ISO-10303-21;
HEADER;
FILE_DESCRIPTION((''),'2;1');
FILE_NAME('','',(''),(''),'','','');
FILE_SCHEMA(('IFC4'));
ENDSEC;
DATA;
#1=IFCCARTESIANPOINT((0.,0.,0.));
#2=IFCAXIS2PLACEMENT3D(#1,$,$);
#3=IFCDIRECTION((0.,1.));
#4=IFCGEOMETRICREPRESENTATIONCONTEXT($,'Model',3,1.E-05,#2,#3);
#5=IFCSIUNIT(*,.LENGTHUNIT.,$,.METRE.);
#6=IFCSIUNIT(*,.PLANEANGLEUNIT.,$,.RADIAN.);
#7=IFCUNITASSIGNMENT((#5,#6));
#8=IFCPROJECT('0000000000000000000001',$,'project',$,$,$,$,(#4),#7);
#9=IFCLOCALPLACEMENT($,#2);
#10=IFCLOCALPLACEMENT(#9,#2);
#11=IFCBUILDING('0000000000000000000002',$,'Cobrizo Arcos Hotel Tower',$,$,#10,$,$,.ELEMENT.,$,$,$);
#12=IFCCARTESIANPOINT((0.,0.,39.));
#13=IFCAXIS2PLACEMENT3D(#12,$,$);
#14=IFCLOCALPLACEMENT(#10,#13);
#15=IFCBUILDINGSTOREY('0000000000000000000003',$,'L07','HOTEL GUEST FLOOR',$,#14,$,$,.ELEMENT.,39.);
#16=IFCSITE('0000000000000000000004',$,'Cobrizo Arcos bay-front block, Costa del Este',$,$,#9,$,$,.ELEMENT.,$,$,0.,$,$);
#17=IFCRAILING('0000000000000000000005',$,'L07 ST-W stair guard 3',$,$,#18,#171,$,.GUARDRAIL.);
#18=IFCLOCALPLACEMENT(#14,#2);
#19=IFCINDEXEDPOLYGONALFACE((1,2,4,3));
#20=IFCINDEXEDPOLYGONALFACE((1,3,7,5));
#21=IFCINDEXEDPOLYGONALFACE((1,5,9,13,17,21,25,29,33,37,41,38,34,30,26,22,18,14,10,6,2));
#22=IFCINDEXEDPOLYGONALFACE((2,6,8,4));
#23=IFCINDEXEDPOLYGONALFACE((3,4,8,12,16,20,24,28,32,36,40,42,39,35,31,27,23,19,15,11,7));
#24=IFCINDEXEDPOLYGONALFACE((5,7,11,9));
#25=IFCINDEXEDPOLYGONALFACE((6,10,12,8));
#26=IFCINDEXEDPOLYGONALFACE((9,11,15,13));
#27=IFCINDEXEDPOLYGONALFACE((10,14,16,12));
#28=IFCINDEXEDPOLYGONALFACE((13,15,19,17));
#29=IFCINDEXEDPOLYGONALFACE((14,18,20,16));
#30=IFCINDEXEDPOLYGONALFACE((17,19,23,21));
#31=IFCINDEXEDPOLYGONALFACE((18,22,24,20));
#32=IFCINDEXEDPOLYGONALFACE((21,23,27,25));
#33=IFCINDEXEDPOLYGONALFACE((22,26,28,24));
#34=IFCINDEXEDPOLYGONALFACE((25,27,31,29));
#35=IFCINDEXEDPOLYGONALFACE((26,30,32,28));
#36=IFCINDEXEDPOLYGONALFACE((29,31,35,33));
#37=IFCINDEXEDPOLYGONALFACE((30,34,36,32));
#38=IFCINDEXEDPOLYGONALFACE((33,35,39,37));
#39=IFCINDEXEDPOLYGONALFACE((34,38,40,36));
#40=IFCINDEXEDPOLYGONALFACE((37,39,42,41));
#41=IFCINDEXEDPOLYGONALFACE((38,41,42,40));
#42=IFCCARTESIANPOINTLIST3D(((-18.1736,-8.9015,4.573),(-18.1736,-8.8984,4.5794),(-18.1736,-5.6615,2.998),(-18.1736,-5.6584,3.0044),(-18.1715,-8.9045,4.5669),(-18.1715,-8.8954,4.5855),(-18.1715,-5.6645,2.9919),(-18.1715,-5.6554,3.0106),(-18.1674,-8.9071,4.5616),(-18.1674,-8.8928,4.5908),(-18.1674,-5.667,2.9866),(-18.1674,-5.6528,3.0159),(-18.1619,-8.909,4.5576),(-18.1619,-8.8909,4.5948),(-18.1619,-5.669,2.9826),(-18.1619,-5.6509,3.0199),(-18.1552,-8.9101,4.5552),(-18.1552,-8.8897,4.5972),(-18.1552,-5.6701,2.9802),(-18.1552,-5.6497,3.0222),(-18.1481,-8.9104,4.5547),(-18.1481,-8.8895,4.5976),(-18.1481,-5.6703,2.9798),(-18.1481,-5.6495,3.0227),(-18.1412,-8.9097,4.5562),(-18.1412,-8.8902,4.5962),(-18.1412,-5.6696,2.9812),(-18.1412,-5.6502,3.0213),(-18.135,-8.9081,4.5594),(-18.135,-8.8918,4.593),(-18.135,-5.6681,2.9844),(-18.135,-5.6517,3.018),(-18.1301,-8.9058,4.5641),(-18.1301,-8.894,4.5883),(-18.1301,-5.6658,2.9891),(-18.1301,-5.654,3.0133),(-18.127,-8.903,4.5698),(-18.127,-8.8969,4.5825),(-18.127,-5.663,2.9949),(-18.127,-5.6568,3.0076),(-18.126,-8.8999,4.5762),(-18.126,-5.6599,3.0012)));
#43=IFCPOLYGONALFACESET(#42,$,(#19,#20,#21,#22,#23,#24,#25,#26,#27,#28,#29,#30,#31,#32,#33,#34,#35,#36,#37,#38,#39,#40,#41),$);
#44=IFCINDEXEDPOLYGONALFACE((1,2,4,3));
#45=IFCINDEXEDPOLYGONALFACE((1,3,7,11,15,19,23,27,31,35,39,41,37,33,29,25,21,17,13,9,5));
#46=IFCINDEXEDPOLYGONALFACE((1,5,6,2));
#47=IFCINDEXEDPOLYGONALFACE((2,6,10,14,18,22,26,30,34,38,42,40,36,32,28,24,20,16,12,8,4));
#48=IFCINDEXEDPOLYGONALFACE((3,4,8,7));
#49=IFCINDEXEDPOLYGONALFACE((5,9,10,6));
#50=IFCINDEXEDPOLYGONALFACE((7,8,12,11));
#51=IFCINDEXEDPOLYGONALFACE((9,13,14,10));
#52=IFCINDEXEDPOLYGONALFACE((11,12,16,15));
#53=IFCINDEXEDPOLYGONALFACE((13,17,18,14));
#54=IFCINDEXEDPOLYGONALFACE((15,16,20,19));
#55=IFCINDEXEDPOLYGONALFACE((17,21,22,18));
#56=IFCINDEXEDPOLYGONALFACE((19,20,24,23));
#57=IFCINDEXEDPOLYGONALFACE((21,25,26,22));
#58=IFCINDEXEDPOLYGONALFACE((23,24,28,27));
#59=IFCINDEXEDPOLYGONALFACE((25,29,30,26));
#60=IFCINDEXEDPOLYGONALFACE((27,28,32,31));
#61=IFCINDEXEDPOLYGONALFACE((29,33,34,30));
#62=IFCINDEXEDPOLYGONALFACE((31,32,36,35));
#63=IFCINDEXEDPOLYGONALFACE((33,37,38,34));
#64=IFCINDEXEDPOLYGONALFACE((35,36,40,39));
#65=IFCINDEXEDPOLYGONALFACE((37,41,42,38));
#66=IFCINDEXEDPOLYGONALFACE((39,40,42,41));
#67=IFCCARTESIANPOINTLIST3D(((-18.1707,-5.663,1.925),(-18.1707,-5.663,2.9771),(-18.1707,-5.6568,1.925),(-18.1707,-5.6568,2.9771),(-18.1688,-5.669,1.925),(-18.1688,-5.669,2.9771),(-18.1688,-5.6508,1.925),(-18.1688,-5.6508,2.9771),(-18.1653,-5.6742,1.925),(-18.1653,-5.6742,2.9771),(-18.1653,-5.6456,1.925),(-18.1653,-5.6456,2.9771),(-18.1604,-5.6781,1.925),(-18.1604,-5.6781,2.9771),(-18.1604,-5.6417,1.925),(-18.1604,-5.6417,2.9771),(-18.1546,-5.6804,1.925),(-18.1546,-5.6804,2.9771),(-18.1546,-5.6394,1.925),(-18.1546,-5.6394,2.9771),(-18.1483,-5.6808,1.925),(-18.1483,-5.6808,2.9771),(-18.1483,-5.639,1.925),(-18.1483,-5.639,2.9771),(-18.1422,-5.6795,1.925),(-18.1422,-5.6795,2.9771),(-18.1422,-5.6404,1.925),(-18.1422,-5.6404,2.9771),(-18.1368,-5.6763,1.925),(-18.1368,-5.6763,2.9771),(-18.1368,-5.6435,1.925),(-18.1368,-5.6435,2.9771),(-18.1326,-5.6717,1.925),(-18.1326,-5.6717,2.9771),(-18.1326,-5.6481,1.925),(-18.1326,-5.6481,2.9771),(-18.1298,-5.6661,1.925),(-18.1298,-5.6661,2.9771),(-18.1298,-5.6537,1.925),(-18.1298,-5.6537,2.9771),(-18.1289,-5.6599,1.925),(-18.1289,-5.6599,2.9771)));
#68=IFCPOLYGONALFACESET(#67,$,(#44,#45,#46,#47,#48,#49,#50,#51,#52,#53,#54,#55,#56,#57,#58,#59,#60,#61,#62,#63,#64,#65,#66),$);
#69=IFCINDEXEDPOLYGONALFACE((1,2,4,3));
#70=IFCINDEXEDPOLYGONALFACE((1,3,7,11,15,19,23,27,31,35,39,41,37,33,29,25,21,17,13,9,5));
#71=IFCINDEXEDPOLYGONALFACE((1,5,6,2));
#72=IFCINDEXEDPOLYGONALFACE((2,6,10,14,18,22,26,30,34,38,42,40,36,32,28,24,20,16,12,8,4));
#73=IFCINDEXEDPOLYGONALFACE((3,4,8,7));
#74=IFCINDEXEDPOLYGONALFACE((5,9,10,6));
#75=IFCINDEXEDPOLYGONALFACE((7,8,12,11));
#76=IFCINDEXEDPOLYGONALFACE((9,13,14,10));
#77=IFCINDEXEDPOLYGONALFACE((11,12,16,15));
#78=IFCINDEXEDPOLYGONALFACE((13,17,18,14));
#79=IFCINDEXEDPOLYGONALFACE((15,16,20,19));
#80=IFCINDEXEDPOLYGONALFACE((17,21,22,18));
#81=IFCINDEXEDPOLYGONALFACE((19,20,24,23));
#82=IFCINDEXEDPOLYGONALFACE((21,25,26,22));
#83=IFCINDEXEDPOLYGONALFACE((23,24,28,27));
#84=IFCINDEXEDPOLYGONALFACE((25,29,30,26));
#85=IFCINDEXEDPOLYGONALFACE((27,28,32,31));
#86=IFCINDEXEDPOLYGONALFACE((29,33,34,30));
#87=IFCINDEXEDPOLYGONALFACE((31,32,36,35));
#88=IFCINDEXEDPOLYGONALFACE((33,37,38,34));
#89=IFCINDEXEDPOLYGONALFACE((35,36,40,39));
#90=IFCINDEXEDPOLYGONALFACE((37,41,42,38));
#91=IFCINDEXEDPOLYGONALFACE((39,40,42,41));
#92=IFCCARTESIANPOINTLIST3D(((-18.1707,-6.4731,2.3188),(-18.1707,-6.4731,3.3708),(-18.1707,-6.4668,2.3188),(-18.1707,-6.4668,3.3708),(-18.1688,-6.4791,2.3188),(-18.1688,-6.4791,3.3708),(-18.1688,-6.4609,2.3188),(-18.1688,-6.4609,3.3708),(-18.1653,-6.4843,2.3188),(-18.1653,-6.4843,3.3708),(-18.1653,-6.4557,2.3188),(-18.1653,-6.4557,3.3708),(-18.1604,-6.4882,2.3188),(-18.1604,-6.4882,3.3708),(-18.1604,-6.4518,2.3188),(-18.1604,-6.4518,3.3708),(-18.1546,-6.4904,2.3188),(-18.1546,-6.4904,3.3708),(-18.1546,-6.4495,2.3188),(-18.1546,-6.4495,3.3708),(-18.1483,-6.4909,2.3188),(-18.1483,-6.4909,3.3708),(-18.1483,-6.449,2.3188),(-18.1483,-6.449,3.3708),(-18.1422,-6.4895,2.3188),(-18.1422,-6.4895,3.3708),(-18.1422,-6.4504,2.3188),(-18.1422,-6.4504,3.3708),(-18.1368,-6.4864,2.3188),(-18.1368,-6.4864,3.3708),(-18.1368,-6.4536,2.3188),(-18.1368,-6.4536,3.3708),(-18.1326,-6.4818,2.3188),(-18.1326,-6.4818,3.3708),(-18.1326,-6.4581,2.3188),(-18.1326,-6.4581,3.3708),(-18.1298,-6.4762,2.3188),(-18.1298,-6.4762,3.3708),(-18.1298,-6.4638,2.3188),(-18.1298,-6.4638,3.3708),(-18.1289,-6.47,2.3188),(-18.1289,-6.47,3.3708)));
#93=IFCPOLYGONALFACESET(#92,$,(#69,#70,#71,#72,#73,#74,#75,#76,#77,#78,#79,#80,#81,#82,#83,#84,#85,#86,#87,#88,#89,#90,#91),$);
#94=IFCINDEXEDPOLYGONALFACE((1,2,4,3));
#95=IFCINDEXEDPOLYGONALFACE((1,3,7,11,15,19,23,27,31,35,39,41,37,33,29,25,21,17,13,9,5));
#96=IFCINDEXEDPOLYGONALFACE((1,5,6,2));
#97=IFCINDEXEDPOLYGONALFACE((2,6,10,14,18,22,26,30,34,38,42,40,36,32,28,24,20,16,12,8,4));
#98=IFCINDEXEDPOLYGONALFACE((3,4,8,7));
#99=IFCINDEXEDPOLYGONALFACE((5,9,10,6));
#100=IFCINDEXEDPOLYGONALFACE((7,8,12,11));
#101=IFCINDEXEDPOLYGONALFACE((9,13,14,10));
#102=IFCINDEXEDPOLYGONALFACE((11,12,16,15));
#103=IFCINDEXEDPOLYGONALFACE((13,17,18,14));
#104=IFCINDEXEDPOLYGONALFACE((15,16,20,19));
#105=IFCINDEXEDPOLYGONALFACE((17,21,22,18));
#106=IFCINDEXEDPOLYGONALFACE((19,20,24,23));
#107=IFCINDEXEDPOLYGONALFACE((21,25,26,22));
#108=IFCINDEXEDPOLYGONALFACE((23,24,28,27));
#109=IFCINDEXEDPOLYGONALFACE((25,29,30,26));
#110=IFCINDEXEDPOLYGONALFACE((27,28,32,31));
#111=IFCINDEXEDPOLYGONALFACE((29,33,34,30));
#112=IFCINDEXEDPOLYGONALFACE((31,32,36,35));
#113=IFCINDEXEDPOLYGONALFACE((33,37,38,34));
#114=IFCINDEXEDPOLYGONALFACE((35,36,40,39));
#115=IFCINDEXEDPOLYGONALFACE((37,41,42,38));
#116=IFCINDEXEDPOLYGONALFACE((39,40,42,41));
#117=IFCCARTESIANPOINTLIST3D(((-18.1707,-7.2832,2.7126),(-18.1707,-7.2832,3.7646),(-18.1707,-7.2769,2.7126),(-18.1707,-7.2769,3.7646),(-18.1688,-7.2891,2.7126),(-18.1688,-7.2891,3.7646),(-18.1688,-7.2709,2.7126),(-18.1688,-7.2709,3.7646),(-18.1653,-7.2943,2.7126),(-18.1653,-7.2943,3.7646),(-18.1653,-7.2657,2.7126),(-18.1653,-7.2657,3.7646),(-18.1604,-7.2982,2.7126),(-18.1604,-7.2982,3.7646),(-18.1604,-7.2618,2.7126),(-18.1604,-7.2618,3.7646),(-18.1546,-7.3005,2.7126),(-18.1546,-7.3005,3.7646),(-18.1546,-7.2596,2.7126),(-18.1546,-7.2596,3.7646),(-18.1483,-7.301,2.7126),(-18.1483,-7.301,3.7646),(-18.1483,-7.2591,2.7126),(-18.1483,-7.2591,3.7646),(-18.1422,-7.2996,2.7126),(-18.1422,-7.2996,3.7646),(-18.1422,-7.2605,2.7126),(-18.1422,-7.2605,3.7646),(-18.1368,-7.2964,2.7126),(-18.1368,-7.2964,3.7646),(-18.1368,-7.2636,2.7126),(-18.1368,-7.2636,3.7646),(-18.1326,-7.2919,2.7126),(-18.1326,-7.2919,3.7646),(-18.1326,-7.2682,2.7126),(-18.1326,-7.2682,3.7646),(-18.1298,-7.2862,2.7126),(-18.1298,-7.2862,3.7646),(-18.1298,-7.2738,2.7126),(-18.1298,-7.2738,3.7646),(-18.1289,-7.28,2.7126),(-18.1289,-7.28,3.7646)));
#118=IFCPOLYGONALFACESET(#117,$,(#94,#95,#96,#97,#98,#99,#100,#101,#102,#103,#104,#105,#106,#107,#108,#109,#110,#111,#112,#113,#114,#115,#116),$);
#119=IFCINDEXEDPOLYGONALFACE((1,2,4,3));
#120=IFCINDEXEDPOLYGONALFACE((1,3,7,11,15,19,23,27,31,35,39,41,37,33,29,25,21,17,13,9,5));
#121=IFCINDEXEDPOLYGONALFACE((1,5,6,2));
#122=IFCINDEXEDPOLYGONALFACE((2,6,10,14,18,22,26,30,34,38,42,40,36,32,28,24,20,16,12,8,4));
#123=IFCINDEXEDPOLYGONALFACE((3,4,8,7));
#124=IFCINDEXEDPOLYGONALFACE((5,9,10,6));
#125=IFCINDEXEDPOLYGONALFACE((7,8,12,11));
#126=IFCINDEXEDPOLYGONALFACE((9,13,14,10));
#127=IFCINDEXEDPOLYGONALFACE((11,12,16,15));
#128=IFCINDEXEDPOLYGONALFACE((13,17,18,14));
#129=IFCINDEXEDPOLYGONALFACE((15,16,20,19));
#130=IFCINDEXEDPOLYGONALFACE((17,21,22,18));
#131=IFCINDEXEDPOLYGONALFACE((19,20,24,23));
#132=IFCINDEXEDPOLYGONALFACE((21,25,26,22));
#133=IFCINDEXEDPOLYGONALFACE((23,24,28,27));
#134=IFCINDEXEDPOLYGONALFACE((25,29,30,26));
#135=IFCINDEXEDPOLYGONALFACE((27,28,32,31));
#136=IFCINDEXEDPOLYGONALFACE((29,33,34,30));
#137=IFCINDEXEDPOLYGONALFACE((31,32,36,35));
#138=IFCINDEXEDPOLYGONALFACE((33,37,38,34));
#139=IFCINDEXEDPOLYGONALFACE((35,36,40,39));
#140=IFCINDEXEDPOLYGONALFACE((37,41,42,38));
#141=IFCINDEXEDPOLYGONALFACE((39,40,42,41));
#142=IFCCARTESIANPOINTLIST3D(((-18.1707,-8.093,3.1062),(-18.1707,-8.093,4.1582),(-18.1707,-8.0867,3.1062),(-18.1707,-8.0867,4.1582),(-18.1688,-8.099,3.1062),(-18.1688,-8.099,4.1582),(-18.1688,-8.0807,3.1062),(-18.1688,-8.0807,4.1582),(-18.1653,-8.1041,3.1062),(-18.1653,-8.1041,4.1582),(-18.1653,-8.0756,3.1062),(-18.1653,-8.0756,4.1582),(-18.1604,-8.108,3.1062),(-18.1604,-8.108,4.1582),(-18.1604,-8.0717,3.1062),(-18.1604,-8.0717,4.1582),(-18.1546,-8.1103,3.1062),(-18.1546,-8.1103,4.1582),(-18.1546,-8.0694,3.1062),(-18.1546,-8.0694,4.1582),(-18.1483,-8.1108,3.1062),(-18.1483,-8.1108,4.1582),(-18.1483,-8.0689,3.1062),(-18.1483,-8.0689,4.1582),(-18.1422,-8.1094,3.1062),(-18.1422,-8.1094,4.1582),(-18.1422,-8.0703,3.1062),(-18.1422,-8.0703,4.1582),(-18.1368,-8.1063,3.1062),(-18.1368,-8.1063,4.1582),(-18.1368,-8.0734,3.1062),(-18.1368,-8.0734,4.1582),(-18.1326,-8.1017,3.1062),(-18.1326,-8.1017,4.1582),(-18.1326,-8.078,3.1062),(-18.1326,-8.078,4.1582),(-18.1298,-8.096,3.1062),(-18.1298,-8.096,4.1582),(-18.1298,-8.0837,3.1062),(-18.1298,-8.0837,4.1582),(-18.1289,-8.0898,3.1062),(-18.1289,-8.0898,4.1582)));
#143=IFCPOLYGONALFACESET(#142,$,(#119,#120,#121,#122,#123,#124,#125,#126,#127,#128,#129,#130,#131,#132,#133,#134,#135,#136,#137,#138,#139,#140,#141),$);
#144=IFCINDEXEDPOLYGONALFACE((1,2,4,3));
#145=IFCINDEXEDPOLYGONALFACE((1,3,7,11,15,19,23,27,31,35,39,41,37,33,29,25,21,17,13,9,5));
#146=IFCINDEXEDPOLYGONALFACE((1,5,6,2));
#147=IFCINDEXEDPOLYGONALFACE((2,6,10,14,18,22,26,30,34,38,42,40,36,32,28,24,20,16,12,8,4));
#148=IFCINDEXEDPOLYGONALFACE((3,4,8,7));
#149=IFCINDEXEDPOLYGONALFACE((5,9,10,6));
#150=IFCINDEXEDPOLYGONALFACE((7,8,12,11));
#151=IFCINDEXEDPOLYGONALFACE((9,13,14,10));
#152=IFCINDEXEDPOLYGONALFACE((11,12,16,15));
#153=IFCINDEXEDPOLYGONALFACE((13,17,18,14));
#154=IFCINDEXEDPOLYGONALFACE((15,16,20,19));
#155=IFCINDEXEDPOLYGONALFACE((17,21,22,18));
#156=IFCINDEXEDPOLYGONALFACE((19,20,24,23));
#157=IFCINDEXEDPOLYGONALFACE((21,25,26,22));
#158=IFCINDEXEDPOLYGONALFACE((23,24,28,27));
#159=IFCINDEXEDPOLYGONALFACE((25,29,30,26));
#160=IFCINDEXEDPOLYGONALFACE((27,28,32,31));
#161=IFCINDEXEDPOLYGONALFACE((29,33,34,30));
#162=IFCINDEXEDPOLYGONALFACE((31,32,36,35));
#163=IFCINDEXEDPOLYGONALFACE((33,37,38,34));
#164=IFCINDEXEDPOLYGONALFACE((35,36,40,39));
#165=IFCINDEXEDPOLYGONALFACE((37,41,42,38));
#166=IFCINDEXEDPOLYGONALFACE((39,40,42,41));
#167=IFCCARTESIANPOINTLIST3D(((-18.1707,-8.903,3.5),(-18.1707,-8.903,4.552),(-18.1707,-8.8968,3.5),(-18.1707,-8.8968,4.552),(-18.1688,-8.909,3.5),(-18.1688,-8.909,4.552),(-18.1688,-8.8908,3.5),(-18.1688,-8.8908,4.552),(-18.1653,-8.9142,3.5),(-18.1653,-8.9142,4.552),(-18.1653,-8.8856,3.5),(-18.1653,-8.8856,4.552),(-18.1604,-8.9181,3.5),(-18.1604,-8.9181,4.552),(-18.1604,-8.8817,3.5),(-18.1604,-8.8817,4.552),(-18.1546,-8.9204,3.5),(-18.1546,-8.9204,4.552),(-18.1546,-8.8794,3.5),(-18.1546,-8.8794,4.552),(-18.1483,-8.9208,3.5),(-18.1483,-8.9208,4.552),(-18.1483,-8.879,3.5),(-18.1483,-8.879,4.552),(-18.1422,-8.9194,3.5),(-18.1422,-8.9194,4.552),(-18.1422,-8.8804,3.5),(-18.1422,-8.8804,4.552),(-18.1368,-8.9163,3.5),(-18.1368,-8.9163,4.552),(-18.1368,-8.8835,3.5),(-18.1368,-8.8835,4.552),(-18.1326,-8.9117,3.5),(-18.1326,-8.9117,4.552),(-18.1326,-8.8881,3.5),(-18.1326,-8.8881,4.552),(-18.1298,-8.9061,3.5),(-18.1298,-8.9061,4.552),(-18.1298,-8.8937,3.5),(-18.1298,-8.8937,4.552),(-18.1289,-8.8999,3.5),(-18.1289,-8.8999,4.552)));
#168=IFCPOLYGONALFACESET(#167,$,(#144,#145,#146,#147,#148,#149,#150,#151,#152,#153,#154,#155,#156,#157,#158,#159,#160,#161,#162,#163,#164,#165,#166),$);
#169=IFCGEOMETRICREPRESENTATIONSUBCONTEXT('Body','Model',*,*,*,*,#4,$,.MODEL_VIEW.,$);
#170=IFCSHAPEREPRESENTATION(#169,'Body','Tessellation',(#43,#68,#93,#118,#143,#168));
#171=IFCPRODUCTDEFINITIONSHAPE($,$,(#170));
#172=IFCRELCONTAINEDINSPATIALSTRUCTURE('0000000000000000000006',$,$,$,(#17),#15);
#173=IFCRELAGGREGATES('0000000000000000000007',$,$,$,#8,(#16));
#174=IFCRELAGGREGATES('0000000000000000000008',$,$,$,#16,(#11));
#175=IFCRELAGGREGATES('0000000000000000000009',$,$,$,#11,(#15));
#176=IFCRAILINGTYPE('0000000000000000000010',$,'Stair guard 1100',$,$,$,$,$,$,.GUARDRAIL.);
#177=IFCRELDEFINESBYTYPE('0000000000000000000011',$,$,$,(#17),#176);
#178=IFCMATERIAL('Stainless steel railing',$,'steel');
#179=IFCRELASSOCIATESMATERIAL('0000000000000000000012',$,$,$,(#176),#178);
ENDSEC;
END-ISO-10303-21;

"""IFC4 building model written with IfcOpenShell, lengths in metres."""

from ifc_helpers import new_model, si_unit, direction, frame, origin, origin_2d, place, context, subcontext, project, spatial, circle, extrude, material, type_object, element, save


model = new_model("IFC4")

# Units and contexts
model_context = context("Model", 3, precision=1e-05, world=origin(), true_north=direction((0.0, 1.0)))
body_context = subcontext(model_context, "Body", "Model", "MODEL_VIEW")
ifc_project = project(units=[si_unit("LENGTHUNIT", "METRE"), si_unit("PLANEANGLEUNIT", "RADIAN")], contexts=[model_context])

# Site, building, storey
site_placement = place(None, origin())
site = spatial("IfcSite", under=ifc_project, at=site_placement, Name="Cobrizo Arcos bay-front block, Costa del Este", CompositionType="ELEMENT", RefElevation=0.0)
building_placement = place(site_placement, origin())
building = spatial("IfcBuilding", under=site, at=building_placement, Name="Cobrizo Arcos Hotel Tower", CompositionType="ELEMENT")
storey_placement = place(building_placement, frame((0.0, 0.0, 39.0)))
storey = spatial("IfcBuildingStorey", under=building, at=storey_placement, Name="L07", Description="HOTEL GUEST FLOOR", CompositionType="ELEMENT", Elevation=39.0)

# Railing
ifc_material_1 = material(Name="Stainless steel railing", Category="steel")
railing_type_1 = type_object("IfcRailingType", Name="Stair guard 1100", PredefinedType="GUARDRAIL", material=ifc_material_1)
railing_1_placement = place(storey_placement, frame((-18.1499, -5.6599, 1.925)))
element("IfcRailing", 1, at=railing_1_placement, inside=storey, type_object=railing_type_1, Name="L07 ST-W stair guard 3", PredefinedType="GUARDRAIL", context=body_context, shape_type="SweptSolid", body=[
    extrude(circle(Radius=0.0239, at=origin_2d()), frame((0.0, 0.0, 1.0762), z_axis=(0.0, -0.899373, 0.437183), x_axis=(1.0, 0.0, 0.0)), (0.0, 0.0, 1.0), 3.6025),
    extrude(circle(Radius=0.021, at=origin_2d()), origin(), (0.0, 0.0, 1.0), 1.052),
    extrude(circle(Radius=0.021, at=origin_2d()), frame((0.0, -0.8101, 0.3938)), (0.0, 0.0, 1.0), 1.052),
    extrude(circle(Radius=0.021, at=origin_2d()), frame((0.0, -1.6201, 0.7876)), (0.0, 0.0, 1.0), 1.052),
    extrude(circle(Radius=0.021, at=origin_2d()), frame((0.0, -2.4299, 1.1812)), (0.0, 0.0, 1.0), 1.052),
    extrude(circle(Radius=0.021, at=origin_2d()), frame((0.0, -3.24, 1.575)), (0.0, 0.0, 1.0), 1.052),
])

save(model, "model.ifc")
